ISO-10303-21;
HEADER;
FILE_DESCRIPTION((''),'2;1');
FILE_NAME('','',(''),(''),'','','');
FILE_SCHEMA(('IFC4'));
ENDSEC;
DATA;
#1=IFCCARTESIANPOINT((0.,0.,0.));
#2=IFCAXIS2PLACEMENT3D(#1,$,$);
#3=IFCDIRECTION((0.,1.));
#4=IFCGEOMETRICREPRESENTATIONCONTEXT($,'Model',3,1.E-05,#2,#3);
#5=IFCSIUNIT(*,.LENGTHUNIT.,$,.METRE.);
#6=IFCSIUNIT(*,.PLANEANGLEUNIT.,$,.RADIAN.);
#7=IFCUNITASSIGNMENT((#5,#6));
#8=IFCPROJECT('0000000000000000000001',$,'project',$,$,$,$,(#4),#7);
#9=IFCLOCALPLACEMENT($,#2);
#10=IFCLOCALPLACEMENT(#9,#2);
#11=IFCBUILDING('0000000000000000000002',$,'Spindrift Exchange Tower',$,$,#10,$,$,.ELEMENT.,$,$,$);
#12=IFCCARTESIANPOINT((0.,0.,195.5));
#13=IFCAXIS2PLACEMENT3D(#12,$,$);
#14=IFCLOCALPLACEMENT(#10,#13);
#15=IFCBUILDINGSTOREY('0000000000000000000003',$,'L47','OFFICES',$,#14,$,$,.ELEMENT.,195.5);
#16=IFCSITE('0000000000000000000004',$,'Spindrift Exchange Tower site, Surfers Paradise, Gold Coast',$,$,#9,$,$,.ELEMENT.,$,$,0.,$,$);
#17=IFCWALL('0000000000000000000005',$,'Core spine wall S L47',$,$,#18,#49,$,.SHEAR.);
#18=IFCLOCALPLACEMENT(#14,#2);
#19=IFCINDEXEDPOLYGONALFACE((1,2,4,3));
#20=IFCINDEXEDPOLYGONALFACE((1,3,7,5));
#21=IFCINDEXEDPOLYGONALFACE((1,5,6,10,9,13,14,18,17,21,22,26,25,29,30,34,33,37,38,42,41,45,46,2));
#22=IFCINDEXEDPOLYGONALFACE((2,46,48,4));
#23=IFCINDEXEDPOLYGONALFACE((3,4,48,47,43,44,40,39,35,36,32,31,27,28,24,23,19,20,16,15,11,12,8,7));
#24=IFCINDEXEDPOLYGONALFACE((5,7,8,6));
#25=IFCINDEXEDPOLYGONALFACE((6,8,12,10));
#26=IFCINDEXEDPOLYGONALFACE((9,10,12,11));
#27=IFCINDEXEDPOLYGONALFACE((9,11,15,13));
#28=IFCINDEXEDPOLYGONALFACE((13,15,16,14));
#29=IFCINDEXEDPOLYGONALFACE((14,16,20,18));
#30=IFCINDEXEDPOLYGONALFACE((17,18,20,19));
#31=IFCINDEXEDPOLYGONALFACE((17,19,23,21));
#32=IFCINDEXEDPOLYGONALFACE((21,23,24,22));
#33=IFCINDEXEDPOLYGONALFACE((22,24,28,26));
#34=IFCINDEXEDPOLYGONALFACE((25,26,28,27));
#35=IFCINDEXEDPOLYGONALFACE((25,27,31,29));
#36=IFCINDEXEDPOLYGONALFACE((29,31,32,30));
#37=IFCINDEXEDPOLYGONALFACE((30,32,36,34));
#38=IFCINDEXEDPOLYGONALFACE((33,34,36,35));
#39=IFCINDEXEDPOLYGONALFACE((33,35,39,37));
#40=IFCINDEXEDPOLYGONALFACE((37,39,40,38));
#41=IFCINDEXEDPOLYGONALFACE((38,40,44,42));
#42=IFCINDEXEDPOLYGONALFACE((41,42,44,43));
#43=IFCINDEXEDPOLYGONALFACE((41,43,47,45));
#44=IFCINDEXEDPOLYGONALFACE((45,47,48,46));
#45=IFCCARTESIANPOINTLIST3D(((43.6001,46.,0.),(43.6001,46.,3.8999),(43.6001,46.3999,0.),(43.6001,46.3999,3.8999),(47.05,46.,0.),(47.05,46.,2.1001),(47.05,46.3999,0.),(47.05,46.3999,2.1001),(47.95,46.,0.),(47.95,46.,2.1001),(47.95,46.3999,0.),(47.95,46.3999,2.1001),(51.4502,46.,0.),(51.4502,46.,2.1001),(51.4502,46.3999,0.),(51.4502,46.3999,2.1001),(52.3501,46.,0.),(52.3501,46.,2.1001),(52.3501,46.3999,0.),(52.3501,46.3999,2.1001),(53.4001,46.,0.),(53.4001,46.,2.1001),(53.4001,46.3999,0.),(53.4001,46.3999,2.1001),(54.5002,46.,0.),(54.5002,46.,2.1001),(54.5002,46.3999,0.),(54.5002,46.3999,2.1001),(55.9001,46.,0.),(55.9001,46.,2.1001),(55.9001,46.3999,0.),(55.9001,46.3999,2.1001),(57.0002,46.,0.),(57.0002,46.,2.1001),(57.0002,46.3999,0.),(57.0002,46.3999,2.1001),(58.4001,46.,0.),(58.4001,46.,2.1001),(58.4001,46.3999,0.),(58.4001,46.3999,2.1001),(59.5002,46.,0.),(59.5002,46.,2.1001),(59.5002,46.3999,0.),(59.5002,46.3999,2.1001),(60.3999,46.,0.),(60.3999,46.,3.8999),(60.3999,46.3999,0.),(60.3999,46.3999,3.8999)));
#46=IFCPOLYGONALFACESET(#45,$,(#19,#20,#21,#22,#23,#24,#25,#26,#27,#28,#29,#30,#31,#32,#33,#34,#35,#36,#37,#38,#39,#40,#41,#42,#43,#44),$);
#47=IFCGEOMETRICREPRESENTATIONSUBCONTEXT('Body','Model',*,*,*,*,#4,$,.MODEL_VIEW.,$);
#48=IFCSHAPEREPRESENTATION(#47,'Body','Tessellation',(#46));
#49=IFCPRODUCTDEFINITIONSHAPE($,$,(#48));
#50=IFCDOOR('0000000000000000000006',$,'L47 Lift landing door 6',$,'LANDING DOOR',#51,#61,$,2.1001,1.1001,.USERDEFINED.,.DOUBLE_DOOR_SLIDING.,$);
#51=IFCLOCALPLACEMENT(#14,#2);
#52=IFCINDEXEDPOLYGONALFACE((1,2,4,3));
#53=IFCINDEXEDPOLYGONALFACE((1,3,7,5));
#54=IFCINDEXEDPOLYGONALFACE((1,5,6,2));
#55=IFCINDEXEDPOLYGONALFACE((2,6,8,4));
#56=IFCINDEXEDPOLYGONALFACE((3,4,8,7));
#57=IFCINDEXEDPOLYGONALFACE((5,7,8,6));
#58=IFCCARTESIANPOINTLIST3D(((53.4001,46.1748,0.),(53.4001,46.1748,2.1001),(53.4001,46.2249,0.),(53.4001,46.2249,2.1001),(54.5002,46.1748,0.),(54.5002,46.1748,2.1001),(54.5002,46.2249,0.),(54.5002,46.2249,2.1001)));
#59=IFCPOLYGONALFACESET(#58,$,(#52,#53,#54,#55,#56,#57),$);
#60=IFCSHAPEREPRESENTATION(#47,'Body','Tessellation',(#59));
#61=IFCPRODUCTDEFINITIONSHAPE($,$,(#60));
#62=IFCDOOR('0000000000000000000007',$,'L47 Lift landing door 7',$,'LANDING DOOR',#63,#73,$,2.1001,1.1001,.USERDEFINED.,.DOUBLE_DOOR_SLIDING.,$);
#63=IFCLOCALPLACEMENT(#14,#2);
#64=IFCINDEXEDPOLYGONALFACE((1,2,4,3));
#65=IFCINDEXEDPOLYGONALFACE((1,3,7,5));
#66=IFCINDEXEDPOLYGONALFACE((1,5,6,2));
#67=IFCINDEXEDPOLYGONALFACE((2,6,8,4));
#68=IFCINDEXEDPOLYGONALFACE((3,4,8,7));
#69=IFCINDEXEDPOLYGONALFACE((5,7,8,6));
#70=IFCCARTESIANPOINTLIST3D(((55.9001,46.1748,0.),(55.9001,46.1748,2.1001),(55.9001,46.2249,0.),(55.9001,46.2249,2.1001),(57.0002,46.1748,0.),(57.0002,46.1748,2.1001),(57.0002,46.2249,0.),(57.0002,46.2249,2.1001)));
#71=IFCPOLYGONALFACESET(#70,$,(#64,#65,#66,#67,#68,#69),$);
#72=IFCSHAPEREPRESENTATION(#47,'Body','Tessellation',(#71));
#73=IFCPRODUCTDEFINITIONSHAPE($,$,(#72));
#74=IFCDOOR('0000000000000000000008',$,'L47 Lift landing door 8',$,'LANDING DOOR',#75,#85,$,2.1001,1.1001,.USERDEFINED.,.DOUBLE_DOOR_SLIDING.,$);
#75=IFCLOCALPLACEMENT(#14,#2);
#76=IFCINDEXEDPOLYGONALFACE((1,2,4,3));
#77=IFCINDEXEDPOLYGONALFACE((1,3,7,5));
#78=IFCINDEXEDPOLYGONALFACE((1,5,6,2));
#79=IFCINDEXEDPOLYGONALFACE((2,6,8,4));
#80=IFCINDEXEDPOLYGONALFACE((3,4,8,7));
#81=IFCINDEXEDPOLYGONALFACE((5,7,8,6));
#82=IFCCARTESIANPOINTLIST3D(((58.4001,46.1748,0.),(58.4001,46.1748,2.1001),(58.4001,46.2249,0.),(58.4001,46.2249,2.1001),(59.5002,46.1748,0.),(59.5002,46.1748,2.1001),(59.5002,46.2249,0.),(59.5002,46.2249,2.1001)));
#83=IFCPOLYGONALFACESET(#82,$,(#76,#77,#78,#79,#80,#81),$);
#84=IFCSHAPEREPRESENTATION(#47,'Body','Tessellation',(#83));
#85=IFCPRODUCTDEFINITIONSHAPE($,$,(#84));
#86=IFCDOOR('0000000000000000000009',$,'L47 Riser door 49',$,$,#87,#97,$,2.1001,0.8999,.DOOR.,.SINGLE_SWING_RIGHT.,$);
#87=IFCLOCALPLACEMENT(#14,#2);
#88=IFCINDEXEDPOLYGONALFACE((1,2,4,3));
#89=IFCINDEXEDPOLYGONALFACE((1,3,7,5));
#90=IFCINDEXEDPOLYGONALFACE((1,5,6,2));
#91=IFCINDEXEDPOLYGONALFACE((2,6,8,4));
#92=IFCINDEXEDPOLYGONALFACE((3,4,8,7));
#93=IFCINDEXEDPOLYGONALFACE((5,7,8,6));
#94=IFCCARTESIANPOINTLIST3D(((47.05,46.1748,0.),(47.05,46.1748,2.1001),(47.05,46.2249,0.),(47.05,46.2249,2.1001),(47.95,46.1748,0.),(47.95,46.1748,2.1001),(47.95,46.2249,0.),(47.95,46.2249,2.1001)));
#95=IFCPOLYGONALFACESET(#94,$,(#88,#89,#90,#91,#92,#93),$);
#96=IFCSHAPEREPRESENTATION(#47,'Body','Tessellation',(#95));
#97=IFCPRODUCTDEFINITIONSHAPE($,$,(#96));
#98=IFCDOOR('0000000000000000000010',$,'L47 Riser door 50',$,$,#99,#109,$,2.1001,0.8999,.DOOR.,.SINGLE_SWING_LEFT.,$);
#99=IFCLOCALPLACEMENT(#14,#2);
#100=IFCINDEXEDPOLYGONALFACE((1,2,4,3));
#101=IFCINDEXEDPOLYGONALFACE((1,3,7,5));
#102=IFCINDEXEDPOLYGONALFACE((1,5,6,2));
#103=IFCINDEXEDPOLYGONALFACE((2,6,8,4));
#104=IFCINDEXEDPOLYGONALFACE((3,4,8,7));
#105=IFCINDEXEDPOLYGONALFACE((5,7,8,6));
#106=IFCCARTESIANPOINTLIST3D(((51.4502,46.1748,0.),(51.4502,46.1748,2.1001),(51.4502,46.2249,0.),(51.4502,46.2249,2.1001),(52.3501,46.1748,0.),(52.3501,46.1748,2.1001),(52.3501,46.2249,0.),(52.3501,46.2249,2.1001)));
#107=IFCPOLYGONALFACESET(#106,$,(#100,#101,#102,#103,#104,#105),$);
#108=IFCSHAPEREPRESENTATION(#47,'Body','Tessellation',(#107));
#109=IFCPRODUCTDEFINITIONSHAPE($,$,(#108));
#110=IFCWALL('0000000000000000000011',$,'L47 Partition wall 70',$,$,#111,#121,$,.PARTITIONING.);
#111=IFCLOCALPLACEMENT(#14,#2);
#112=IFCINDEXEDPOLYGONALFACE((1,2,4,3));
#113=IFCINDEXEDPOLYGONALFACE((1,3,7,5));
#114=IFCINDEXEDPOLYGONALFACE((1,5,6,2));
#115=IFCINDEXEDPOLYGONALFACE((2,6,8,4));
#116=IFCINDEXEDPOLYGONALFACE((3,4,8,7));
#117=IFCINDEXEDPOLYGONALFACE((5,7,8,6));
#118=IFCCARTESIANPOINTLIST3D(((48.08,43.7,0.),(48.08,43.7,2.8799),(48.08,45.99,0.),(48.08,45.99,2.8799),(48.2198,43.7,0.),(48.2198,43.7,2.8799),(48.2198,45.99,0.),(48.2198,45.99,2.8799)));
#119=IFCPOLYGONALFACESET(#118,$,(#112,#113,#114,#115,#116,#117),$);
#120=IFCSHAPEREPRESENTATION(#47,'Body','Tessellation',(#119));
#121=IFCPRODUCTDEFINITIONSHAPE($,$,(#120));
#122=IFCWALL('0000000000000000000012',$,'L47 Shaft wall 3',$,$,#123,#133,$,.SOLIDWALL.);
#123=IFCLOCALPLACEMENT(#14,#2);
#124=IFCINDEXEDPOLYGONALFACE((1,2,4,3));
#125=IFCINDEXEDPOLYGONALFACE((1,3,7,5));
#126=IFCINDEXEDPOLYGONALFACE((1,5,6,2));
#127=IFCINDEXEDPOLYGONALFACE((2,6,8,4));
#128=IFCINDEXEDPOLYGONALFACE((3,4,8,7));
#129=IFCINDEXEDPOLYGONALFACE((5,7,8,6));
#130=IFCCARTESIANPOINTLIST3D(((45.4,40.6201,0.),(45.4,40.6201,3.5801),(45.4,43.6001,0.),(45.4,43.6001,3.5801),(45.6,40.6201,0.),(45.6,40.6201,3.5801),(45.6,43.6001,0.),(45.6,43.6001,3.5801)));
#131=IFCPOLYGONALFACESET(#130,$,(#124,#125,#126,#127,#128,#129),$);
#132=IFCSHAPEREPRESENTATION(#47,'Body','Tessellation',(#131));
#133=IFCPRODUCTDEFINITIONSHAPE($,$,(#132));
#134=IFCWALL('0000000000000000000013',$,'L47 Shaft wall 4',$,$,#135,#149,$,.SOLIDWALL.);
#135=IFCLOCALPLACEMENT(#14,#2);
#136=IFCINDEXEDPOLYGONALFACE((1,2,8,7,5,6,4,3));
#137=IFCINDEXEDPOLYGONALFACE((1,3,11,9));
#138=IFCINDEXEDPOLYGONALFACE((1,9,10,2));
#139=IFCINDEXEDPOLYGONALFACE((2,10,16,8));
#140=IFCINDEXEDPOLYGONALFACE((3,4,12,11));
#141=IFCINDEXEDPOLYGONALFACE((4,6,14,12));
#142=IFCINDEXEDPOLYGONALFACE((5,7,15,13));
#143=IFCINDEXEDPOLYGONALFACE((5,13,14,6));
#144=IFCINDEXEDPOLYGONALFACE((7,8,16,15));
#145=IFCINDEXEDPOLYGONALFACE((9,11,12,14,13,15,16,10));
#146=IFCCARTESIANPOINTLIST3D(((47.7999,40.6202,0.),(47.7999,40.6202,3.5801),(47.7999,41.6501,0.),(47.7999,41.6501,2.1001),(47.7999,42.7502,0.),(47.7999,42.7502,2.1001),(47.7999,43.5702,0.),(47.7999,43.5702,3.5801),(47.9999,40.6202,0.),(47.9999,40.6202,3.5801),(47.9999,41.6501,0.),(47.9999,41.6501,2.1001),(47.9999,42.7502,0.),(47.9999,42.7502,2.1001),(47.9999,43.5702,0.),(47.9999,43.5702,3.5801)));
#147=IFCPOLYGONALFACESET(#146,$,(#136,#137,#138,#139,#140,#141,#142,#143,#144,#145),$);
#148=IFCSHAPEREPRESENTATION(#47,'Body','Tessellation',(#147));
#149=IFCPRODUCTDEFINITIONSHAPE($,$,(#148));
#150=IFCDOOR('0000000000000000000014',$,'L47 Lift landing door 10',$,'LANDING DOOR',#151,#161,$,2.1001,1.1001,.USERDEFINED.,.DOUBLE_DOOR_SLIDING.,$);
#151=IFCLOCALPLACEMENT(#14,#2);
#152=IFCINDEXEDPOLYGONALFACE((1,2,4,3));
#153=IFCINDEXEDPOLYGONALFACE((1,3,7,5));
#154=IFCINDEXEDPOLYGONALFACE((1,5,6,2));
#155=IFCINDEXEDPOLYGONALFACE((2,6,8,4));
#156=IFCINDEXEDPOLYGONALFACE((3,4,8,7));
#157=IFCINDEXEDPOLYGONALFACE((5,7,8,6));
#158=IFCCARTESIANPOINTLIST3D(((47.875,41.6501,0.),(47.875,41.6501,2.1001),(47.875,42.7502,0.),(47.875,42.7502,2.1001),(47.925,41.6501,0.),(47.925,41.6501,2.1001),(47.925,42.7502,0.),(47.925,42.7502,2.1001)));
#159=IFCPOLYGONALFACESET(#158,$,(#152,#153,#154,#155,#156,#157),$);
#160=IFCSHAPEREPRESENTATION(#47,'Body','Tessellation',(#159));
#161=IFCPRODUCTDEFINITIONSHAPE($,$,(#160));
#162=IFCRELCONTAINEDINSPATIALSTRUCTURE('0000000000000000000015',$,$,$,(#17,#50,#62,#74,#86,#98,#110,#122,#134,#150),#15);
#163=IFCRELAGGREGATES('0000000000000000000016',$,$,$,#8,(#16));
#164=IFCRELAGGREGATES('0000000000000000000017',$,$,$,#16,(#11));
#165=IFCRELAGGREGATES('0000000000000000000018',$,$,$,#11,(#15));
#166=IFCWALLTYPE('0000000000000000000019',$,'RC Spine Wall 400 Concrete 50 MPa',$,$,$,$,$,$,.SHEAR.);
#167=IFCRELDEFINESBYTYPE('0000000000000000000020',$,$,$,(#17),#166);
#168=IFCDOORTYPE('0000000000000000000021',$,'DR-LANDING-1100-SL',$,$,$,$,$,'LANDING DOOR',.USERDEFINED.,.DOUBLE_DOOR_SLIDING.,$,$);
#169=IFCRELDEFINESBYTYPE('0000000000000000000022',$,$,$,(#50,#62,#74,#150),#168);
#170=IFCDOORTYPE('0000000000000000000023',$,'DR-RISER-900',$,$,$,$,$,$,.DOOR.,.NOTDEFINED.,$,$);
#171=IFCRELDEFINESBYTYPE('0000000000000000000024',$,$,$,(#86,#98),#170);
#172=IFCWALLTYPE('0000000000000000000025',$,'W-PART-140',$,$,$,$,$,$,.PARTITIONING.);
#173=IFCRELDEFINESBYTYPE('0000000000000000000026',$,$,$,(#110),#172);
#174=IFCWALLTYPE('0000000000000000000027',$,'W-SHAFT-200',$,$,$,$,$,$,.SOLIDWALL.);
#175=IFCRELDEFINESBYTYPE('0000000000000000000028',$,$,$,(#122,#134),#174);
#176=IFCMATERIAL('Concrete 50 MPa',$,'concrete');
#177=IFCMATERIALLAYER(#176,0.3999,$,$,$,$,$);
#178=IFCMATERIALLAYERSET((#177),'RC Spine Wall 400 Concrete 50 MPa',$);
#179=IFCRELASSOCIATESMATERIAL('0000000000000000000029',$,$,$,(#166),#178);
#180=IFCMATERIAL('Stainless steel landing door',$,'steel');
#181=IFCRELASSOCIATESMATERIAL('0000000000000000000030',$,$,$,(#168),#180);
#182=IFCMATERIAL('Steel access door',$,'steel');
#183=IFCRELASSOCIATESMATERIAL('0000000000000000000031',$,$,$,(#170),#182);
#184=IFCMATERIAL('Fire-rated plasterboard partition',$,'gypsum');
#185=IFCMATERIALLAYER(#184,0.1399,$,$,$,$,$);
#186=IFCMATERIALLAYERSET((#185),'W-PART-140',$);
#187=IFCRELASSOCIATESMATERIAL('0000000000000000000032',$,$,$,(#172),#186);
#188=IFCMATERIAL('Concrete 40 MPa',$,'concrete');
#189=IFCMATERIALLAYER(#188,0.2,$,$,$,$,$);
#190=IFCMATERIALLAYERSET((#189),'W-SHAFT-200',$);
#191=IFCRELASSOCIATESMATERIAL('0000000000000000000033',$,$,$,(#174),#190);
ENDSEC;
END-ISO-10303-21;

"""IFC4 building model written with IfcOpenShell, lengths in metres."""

from ifc_helpers import new_model, si_unit, direction, frame, frame_2d, origin, place, context, subcontext, project, spatial, rectangle, extrude, source, transform, mapped, material, layer, layer_set, type_object, element, fill, save


model = new_model("IFC4")

# Units and contexts
model_context = context("Model", 3, precision=1e-05, world=origin(), true_north=direction((0.0, 1.0)))
body_context = subcontext(model_context, "Body", "Model", "MODEL_VIEW")
ifc_project = project(units=[si_unit("LENGTHUNIT", "METRE"), si_unit("PLANEANGLEUNIT", "RADIAN")], contexts=[model_context])

# Site, building, storey
site_placement = place(None, origin())
site = spatial("IfcSite", under=ifc_project, at=site_placement, Name="Spindrift Exchange Tower site, Surfers Paradise, Gold Coast", CompositionType="ELEMENT", RefElevation=0.0)
building_placement = place(site_placement, origin())
building = spatial("IfcBuilding", under=site, at=building_placement, Name="Spindrift Exchange Tower", CompositionType="ELEMENT")
storey_placement = place(building_placement, frame((0.0, 0.0, 195.5)))
storey = spatial("IfcBuildingStorey", under=building, at=storey_placement, Name="L47", Description="OFFICES", CompositionType="ELEMENT", Elevation=195.5)

# Wall, openings, doors
ifc_material_1 = material(Name="Concrete 50 MPa", Category="concrete")
ifc_material_2 = material(Name="Steel access door", Category="steel")
ifc_layer_1 = layer(ifc_material_1, 0.3999)
ifc_layer_set_1 = layer_set([ifc_layer_1], Name="RC Spine Wall 400 Concrete 50 MPa")
wall_type_1 = type_object("IfcWallType", Name="RC Spine Wall 400 Concrete 50 MPa", PredefinedType="SHEAR", material=ifc_layer_set_1)
wall_1_placement = place(storey_placement, frame((43.6001, 46.2, 0.0), z_axis=(0.0, 0.0, 1.0), x_axis=(1.0, 0.0, 0.0)))
wall_1 = element("IfcWall", 1, at=wall_1_placement, inside=storey, type_object=wall_type_1, Name="Core spine wall S L47", PredefinedType="SHEAR", context=body_context, shape_type="SweptSolid", body=[
    extrude(rectangle(XDim=16.7998, YDim=0.3999, at=frame_2d((8.3999, 0.0))), origin(), (0.0, 0.0, 1.0), 3.8999),
])
opening_1_placement = place(wall_1_placement, frame((9.8, 0.0, 0.0)))
opening_1 = element("IfcOpeningElement", 2, at=opening_1_placement, cuts=wall_1, PredefinedType="OPENING", context=body_context, shape_type="SweptSolid", body=[
    extrude(rectangle(XDim=1.1001, YDim=2.1001, at=frame_2d((0.55, 1.05))), frame((0.0, 0.21, 0.0), z_axis=(0.0, -1.0, 0.0), x_axis=(1.0, 0.0, 0.0)), (0.0, 0.0, 1.0), 0.4199),
])
opening_2_placement = place(wall_1_placement, frame((12.3, 0.0, 0.0)))
opening_2 = element("IfcOpeningElement", 3, at=opening_2_placement, cuts=wall_1, PredefinedType="OPENING", context=body_context, shape_type="SweptSolid", body=[
    extrude(rectangle(XDim=1.1001, YDim=2.1001, at=frame_2d((0.55, 1.05))), frame((0.0, 0.21, 0.0), z_axis=(0.0, -1.0, 0.0), x_axis=(1.0, 0.0, 0.0)), (0.0, 0.0, 1.0), 0.4199),
])
opening_3_placement = place(wall_1_placement, frame((14.8, 0.0, 0.0)))
opening_3 = element("IfcOpeningElement", 4, at=opening_3_placement, cuts=wall_1, PredefinedType="OPENING", context=body_context, shape_type="SweptSolid", body=[
    extrude(rectangle(XDim=1.1001, YDim=2.1001, at=frame_2d((0.55, 1.05))), frame((0.0, 0.21, 0.0), z_axis=(0.0, -1.0, 0.0), x_axis=(1.0, 0.0, 0.0)), (0.0, 0.0, 1.0), 0.4199),
])
opening_4_placement = place(wall_1_placement, frame((3.45, 0.0, 0.0)))
opening_4 = element("IfcOpeningElement", 5, at=opening_4_placement, cuts=wall_1, PredefinedType="OPENING", context=body_context, shape_type="SweptSolid", body=[
    extrude(rectangle(XDim=0.8999, YDim=2.1001, at=frame_2d((0.45, 1.05))), frame((0.0, 0.21, 0.0), z_axis=(0.0, -1.0, 0.0), x_axis=(1.0, 0.0, 0.0)), (0.0, 0.0, 1.0), 0.4199),
])
opening_5_placement = place(wall_1_placement, frame((7.8501, 0.0, 0.0)))
opening_5 = element("IfcOpeningElement", 6, at=opening_5_placement, cuts=wall_1, PredefinedType="OPENING", context=body_context, shape_type="SweptSolid", body=[
    extrude(rectangle(XDim=0.8999, YDim=2.1001, at=frame_2d((0.45, 1.05))), frame((0.0, 0.21, 0.0), z_axis=(0.0, -1.0, 0.0), x_axis=(1.0, 0.0, 0.0)), (0.0, 0.0, 1.0), 0.4199),
])
ifc_material_3 = material(Name="Stainless steel landing door", Category="steel")
door_type_1 = type_object("IfcDoorType", Name="DR-LANDING-1100-SL", ElementType="LANDING DOOR", OperationType="DOUBLE_DOOR_SLIDING", PredefinedType="USERDEFINED", material=ifc_material_3)
shared_shape_1 = source(origin(), body_context, "Body", "SweptSolid", [
    extrude(rectangle(XDim=1.1001, YDim=2.1001, at=frame_2d((0.55, 1.05))), frame((0.0, 0.0249, 0.0), z_axis=(0.0, -1.0, 0.0), x_axis=(1.0, 0.0, 0.0)), (0.0, 0.0, 1.0), 0.05),
])
door_1_placement = place(opening_1_placement, origin())
door_1 = element("IfcDoor", 7, at=door_1_placement, inside=storey, type_object=door_type_1, Name="L47 Lift landing door 6", ObjectType="LANDING DOOR", OperationType="DOUBLE_DOOR_SLIDING", OverallHeight=2.1001, OverallWidth=1.1001, PredefinedType="USERDEFINED", context=body_context, shape_type="MappedRepresentation", body=[
    mapped(shared_shape_1, transform((0.0, 0.0, 0.0), scale=1.0)),
])
fill(opening_1, door_1)
door_2_placement = place(opening_2_placement, origin())
door_2 = element("IfcDoor", 8, at=door_2_placement, inside=storey, type_object=door_type_1, Name="L47 Lift landing door 7", ObjectType="LANDING DOOR", OperationType="DOUBLE_DOOR_SLIDING", OverallHeight=2.1001, OverallWidth=1.1001, PredefinedType="USERDEFINED", context=body_context, shape_type="MappedRepresentation", body=[
    mapped(shared_shape_1, transform((0.0, 0.0, 0.0), scale=1.0)),
])
fill(opening_2, door_2)
door_3_placement = place(opening_3_placement, origin())
door_3 = element("IfcDoor", 9, at=door_3_placement, inside=storey, type_object=door_type_1, Name="L47 Lift landing door 8", ObjectType="LANDING DOOR", OperationType="DOUBLE_DOOR_SLIDING", OverallHeight=2.1001, OverallWidth=1.1001, PredefinedType="USERDEFINED", context=body_context, shape_type="MappedRepresentation", body=[
    mapped(shared_shape_1, transform((0.0, 0.0, 0.0), scale=1.0)),
])
fill(opening_3, door_3)
door_type_2 = type_object("IfcDoorType", Name="DR-RISER-900", OperationType="NOTDEFINED", PredefinedType="DOOR", material=ifc_material_2)
shared_shape_2 = source(origin(), body_context, "Body", "SweptSolid", [
    extrude(rectangle(XDim=0.8999, YDim=2.1001, at=frame_2d((0.45, 1.05))), frame((0.0, 0.0249, 0.0), z_axis=(0.0, -1.0, 0.0), x_axis=(1.0, 0.0, 0.0)), (0.0, 0.0, 1.0), 0.05),
])
door_4_placement = place(opening_4_placement, origin())
door_4 = element("IfcDoor", 10, at=door_4_placement, inside=storey, type_object=door_type_2, Name="L47 Riser door 49", OperationType="SINGLE_SWING_RIGHT", OverallHeight=2.1001, OverallWidth=0.8999, PredefinedType="DOOR", context=body_context, shape_type="MappedRepresentation", body=[
    mapped(shared_shape_2, transform((0.0, 0.0, 0.0), scale=1.0)),
])
fill(opening_4, door_4)
door_5_placement = place(opening_5_placement, origin())
door_5 = element("IfcDoor", 11, at=door_5_placement, inside=storey, type_object=door_type_2, Name="L47 Riser door 50", OperationType="SINGLE_SWING_LEFT", OverallHeight=2.1001, OverallWidth=0.8999, PredefinedType="DOOR", context=body_context, shape_type="MappedRepresentation", body=[
    mapped(shared_shape_2, transform((0.0, 0.0, 0.0), scale=1.0)),
])
fill(opening_5, door_5)

# Walls
ifc_material_4 = material(Name="Fire-rated plasterboard partition", Category="gypsum")
ifc_layer_2 = layer(ifc_material_4, 0.1399)
ifc_layer_set_2 = layer_set([ifc_layer_2], Name="W-PART-140")
wall_type_2 = type_object("IfcWallType", Name="W-PART-140", PredefinedType="PARTITIONING", material=ifc_layer_set_2)
wall_2_placement = place(storey_placement, frame((48.1499, 43.7, 0.0), z_axis=(0.0, 0.0, 1.0), x_axis=(0.0, 1.0, 0.0)))
element("IfcWall", 12, at=wall_2_placement, inside=storey, type_object=wall_type_2, Name="L47 Partition wall 70", PredefinedType="PARTITIONING", context=body_context, shape_type="SweptSolid", body=[
    extrude(rectangle(XDim=2.29, YDim=0.1399, at=frame_2d((1.145, 0.0))), origin(), (0.0, 0.0, 1.0), 2.8799),
])
ifc_material_5 = material(Name="Concrete 40 MPa", Category="concrete")
ifc_layer_3 = layer(ifc_material_5, 0.2)
ifc_layer_set_3 = layer_set([ifc_layer_3], Name="W-SHAFT-200")
wall_type_3 = type_object("IfcWallType", Name="W-SHAFT-200", PredefinedType="SOLIDWALL", material=ifc_layer_set_3)
wall_3_placement = place(storey_placement, frame((45.5, 43.6001, 0.0), z_axis=(0.0, 0.0, 1.0), x_axis=(0.0, -1.0, 0.0)))
element("IfcWall", 13, at=wall_3_placement, inside=storey, type_object=wall_type_3, Name="L47 Shaft wall 3", PredefinedType="SOLIDWALL", context=body_context, shape_type="SweptSolid", body=[
    extrude(rectangle(XDim=2.98, YDim=0.2, at=frame_2d((1.49, 0.0))), origin(), (0.0, 0.0, 1.0), 3.5801),
])

# Wall, opening, door
wall_4_placement = place(storey_placement, frame((47.8999, 40.6201, 0.0), z_axis=(0.0, 0.0, 1.0), x_axis=(0.0, 1.0, 0.0)))
wall_4 = element("IfcWall", 14, at=wall_4_placement, inside=storey, type_object=wall_type_3, Name="L47 Shaft wall 4", PredefinedType="SOLIDWALL", context=body_context, shape_type="SweptSolid", body=[
    extrude(rectangle(XDim=2.95, YDim=0.2, at=frame_2d((1.4751, 0.0))), origin(), (0.0, 0.0, 1.0), 3.5801),
])
opening_6_placement = place(wall_4_placement, frame((1.03, 0.0, 0.0)))
opening_6 = element("IfcOpeningElement", 15, at=opening_6_placement, cuts=wall_4, PredefinedType="OPENING", context=body_context, shape_type="SweptSolid", body=[
    extrude(rectangle(XDim=1.1001, YDim=2.1001, at=frame_2d((0.55, 1.05))), frame((0.0, 0.1099, 0.0), z_axis=(0.0, -1.0, 0.0), x_axis=(1.0, 0.0, 0.0)), (0.0, 0.0, 1.0), 0.22),
])
door_6_placement = place(opening_6_placement, origin())
door_6 = element("IfcDoor", 16, at=door_6_placement, inside=storey, type_object=door_type_1, Name="L47 Lift landing door 10", ObjectType="LANDING DOOR", OperationType="DOUBLE_DOOR_SLIDING", OverallHeight=2.1001, OverallWidth=1.1001, PredefinedType="USERDEFINED", context=body_context, shape_type="MappedRepresentation", body=[
    mapped(shared_shape_1, transform((0.0, 0.0, 0.0), scale=1.0)),
])
fill(opening_6, door_6)

save(model, "model.ifc")
